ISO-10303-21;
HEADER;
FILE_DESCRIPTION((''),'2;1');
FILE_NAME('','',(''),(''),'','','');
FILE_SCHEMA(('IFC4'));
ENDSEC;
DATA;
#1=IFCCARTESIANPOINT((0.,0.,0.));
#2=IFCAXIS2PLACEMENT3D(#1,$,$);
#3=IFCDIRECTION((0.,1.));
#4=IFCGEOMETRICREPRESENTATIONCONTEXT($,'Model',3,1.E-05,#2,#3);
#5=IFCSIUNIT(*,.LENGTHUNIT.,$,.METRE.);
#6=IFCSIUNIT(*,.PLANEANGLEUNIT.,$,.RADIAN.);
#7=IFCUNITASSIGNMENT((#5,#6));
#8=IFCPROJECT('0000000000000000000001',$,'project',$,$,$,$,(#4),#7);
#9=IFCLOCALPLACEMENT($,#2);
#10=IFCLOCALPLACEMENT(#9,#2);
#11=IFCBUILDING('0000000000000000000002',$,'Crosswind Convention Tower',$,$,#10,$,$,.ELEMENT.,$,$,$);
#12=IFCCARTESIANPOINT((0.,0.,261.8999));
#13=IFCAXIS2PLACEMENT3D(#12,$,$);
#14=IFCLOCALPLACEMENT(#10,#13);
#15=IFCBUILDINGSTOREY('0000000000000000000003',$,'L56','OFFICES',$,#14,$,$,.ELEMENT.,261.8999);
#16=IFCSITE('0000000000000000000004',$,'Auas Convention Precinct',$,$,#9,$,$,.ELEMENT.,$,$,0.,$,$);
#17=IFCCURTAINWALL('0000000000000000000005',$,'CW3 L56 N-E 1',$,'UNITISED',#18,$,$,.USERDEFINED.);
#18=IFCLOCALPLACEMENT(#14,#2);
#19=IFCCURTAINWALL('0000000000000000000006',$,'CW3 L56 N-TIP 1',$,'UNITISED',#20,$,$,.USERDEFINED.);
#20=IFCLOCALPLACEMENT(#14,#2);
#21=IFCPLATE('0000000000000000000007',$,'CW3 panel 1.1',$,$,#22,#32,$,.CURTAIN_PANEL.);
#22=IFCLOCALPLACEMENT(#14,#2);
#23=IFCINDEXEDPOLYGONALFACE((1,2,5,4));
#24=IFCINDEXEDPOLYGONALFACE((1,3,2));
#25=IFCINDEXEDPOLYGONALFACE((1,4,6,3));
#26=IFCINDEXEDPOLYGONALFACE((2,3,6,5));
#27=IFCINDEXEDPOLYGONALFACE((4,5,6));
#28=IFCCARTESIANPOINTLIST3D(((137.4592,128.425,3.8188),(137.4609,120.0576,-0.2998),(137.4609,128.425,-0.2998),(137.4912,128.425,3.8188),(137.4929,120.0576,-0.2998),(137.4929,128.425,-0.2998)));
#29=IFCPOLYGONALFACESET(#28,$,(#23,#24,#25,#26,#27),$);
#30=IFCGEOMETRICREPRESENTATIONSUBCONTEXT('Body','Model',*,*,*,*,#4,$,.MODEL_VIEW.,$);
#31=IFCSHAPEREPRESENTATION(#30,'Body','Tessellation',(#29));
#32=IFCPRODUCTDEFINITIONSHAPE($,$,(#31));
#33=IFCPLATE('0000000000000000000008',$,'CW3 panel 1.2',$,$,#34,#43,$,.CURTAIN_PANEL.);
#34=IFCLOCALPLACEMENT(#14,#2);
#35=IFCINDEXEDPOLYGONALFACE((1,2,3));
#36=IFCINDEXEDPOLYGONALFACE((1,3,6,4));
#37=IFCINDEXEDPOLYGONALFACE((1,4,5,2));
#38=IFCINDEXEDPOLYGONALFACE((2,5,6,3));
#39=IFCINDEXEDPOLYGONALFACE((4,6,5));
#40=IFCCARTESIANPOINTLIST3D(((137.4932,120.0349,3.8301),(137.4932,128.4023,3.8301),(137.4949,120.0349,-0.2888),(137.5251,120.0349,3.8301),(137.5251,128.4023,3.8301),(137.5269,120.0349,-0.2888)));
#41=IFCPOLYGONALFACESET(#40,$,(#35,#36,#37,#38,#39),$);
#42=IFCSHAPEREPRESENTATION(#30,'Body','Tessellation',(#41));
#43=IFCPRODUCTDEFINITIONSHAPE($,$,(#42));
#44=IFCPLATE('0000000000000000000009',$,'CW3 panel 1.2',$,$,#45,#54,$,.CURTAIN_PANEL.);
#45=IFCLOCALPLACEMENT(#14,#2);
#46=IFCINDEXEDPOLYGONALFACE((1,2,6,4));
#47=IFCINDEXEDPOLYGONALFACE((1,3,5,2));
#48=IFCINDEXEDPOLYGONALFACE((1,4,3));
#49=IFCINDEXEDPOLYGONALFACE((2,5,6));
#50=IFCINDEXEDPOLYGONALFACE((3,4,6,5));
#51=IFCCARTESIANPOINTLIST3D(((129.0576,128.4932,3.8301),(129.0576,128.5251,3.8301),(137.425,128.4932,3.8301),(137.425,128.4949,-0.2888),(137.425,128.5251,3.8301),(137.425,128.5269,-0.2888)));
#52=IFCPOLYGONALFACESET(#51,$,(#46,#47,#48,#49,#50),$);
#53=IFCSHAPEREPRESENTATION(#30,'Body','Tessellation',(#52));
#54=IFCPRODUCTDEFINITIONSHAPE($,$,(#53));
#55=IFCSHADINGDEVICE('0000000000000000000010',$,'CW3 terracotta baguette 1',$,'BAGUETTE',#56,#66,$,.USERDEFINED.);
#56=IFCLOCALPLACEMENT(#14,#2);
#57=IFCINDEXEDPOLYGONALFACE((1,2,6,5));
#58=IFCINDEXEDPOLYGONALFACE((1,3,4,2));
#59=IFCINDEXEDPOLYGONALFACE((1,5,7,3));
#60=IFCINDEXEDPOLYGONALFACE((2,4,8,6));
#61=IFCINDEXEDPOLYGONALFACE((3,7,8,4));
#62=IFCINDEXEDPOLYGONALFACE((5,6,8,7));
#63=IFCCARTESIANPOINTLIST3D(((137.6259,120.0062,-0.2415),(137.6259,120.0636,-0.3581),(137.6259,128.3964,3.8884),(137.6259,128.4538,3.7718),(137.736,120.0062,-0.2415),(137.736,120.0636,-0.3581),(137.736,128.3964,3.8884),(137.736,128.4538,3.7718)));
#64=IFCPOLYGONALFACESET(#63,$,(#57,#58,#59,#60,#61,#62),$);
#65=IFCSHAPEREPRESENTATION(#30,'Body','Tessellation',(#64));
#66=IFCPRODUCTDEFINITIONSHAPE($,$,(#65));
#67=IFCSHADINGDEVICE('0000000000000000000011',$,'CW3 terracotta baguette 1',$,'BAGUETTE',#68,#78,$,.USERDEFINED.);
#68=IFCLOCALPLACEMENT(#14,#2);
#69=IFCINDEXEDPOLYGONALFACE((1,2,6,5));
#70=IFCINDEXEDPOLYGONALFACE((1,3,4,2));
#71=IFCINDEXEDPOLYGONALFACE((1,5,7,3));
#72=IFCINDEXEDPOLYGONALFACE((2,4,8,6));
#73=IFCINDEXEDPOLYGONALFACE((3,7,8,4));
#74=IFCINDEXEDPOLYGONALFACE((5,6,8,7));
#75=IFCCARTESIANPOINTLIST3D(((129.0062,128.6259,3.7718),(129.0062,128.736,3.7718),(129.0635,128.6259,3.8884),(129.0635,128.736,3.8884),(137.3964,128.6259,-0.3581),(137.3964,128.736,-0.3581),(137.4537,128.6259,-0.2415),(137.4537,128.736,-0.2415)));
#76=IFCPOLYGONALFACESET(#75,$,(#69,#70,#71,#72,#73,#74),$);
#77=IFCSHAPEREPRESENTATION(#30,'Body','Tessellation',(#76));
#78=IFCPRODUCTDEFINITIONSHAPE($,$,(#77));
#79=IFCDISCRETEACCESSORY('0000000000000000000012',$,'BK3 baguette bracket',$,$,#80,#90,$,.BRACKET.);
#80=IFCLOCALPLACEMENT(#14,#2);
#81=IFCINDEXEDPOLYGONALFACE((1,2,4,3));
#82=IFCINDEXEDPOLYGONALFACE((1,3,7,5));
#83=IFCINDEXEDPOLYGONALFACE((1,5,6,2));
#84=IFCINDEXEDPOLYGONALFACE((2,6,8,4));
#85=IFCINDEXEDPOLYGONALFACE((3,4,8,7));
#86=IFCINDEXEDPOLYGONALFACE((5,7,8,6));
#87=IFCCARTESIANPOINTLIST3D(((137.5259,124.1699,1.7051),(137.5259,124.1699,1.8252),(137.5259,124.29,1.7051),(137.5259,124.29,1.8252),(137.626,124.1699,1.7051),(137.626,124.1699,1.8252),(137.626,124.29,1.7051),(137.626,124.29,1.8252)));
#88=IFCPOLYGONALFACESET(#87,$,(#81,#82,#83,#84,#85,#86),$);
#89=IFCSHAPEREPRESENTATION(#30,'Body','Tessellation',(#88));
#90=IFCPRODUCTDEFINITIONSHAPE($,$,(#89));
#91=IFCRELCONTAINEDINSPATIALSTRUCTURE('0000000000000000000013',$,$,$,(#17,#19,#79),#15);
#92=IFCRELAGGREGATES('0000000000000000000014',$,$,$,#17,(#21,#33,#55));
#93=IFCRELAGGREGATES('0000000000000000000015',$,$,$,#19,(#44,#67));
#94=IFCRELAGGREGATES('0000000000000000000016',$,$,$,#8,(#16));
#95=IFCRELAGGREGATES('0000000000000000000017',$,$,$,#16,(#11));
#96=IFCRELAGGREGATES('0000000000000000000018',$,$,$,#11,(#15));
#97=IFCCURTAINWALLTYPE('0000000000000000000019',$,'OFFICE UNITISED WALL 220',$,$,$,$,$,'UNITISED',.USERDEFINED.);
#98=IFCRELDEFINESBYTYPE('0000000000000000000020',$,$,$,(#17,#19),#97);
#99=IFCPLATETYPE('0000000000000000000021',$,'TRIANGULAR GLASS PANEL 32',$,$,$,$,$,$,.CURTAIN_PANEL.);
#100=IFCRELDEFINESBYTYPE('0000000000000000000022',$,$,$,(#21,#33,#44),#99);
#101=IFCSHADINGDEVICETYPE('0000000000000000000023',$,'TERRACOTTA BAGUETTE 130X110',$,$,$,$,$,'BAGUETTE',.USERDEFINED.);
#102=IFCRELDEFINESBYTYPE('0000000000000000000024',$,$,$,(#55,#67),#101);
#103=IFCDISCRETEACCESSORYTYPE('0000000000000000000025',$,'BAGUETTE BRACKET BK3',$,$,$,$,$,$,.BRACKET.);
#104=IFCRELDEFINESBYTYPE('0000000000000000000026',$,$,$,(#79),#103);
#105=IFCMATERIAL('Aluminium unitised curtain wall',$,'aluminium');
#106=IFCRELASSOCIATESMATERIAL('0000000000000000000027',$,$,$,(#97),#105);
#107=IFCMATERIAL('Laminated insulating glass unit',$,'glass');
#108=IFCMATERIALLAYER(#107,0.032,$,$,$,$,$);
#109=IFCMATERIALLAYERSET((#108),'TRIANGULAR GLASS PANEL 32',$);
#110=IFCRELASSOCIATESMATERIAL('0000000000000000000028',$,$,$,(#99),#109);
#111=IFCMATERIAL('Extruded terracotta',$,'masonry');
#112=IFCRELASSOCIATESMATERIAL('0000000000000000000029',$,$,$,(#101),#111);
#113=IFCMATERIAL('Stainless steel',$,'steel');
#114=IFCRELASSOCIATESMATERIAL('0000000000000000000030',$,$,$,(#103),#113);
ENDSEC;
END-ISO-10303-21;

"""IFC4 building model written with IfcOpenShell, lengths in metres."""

from ifc_helpers import new_model, si_unit, direction, frame, origin, origin_2d, place, context, subcontext, project, spatial, polyline, rectangle, outline, extrude, material, layer, layer_set, material_profile, profile_set, type_object, element, aggregate, save


model = new_model("IFC4")

# Units and contexts
model_context = context("Model", 3, precision=1e-05, world=origin(), true_north=direction((0.0, 1.0)))
body_context = subcontext(model_context, "Body", "Model", "MODEL_VIEW")
ifc_project = project(units=[si_unit("LENGTHUNIT", "METRE"), si_unit("PLANEANGLEUNIT", "RADIAN")], contexts=[model_context])

# Site, building, storey
site_placement = place(None, origin())
site = spatial("IfcSite", under=ifc_project, at=site_placement, Name="Auas Convention Precinct", CompositionType="ELEMENT", RefElevation=0.0)
building_placement = place(site_placement, origin())
building = spatial("IfcBuilding", under=site, at=building_placement, Name="Crosswind Convention Tower", CompositionType="ELEMENT")
storey_placement = place(building_placement, frame((0.0, 0.0, 261.8999)))
storey = spatial("IfcBuildingStorey", under=building, at=storey_placement, Name="L56", Description="OFFICES", CompositionType="ELEMENT", Elevation=261.8999)

# Curtain wall
ifc_material_1 = material(Name="Aluminium unitised curtain wall", Category="aluminium")
curtain_wall_type_1 = type_object("IfcCurtainWallType", Name="OFFICE UNITISED WALL 220", ElementType="UNITISED", PredefinedType="USERDEFINED", material=ifc_material_1)
curtain_wall_1_placement = place(storey_placement, origin())
curtain_wall_1 = element("IfcCurtainWall", 1, at=curtain_wall_1_placement, inside=storey, type_object=curtain_wall_type_1, Name="CW3 L56 N-E 1", ObjectType="UNITISED", PredefinedType="USERDEFINED")

# Curtain wall
curtain_wall_2_placement = place(storey_placement, origin())
curtain_wall_2 = element("IfcCurtainWall", 2, at=curtain_wall_2_placement, inside=storey, type_object=curtain_wall_type_1, Name="CW3 L56 N-TIP 1", ObjectType="UNITISED", PredefinedType="USERDEFINED")

# Plates
ifc_material_2 = material(Name="Laminated insulating glass unit", Category="glass")
ifc_layer_1 = layer(ifc_material_2, 0.032)
ifc_layer_set_1 = layer_set([ifc_layer_1], Name="TRIANGULAR GLASS PANEL 32")
plate_type_1 = type_object("IfcPlateType", Name="TRIANGULAR GLASS PANEL 32", PredefinedType="CURTAIN_PANEL", material=ifc_layer_set_1)
plate_1_placement = place(storey_placement, frame((137.4929, 128.425, -0.2998), z_axis=(1.0, 0.0, 0.000415), x_axis=(-0.000415, 0.0, 1.0)))
plate_1 = element("IfcPlate", 3, at=plate_1_placement, type_object=plate_type_1, Name="CW3 panel 1.1", PredefinedType="CURTAIN_PANEL", context=body_context, shape_type="SweptSolid", body=[
    extrude(outline(polyline([(0.0, 0.0), (4.1187, 0.0), (0.0, 8.3674), (0.0, 0.0)])), origin(), (0.0, 0.0, -1.0), 0.032),
])
plate_2_placement = place(storey_placement, frame((137.5251, 120.0349, 3.8301), z_axis=(1.0, 0.0, 0.000415), x_axis=(0.000415, 0.0, -1.0)))
plate_2 = element("IfcPlate", 4, at=plate_2_placement, type_object=plate_type_1, Name="CW3 panel 1.2", PredefinedType="CURTAIN_PANEL", context=body_context, shape_type="SweptSolid", body=[
    extrude(outline(polyline([(0.0, 0.0), (4.1189, 0.0), (0.0, 8.3674), (0.0, 0.0)])), origin(), (0.0, 0.0, -1.0), 0.032),
])
plate_3_placement = place(storey_placement, frame((137.425, 128.5251, 3.8301), z_axis=(0.0, 1.0, 0.000415), x_axis=(0.0, 0.000415, -1.0)))
plate_3 = element("IfcPlate", 5, at=plate_3_placement, type_object=plate_type_1, Name="CW3 panel 1.2", PredefinedType="CURTAIN_PANEL", context=body_context, shape_type="SweptSolid", body=[
    extrude(outline(polyline([(0.0, 0.0), (4.1189, 0.0), (0.0, 8.3674), (0.0, 0.0)])), origin(), (0.0, 0.0, -1.0), 0.032),
])

# Shading devices
ifc_material_3 = material(Name="Extruded terracotta", Category="masonry")
ifc_material_profile_1 = material_profile(ifc_material_3, rectangle(XDim=0.1101, YDim=0.1299, at=origin_2d()), Name="TC 110X130")
ifc_profile_set_1 = profile_set([ifc_material_profile_1], Name="Extruded terracotta")
shading_device_type = type_object("IfcShadingDeviceType", Name="TERRACOTTA BAGUETTE 130X110", ElementType="BAGUETTE", PredefinedType="USERDEFINED", material=ifc_profile_set_1)
shading_device_1_placement = place(storey_placement, frame((137.6809, 120.0349, -0.2998), z_axis=(0.0, 0.897198, 0.441628), x_axis=(-1.0, 0.0, 0.0)))
shading_device_1 = element("IfcShadingDevice", 6, at=shading_device_1_placement, type_object=shading_device_type, Name="CW3 terracotta baguette 1", ObjectType="BAGUETTE", PredefinedType="USERDEFINED", context=body_context, shape_type="SweptSolid", body=[
    extrude(rectangle(XDim=0.1101, YDim=0.1299, at=origin_2d()), origin(), (0.0, 0.0, 1.0), 9.3516),
])
aggregate(curtain_wall_1, [plate_1, plate_2, shading_device_1])
shading_device_2_placement = place(storey_placement, frame((137.425, 128.6809, -0.2998), z_axis=(-0.897198, 0.0, 0.441628), x_axis=(0.0, -1.0, 0.0)))
shading_device_2 = element("IfcShadingDevice", 7, at=shading_device_2_placement, type_object=shading_device_type, Name="CW3 terracotta baguette 1", ObjectType="BAGUETTE", PredefinedType="USERDEFINED", context=body_context, shape_type="SweptSolid", body=[
    extrude(rectangle(XDim=0.1101, YDim=0.1299, at=origin_2d()), origin(), (0.0, 0.0, 1.0), 9.3516),
])
aggregate(curtain_wall_2, [plate_3, shading_device_2])

# Discrete accessory
ifc_material_4 = material(Name="Stainless steel", Category="steel")
discrete_accessory_type = type_object("IfcDiscreteAccessoryType", Name="BAGUETTE BRACKET BK3", PredefinedType="BRACKET", material=ifc_material_4)
discrete_accessory_placement = place(storey_placement, frame((137.5759, 124.23, 1.7051), z_axis=(0.0, 0.0, 1.0), x_axis=(0.0, 1.0, 0.0)))
element("IfcDiscreteAccessory", 8, at=discrete_accessory_placement, inside=storey, type_object=discrete_accessory_type, Name="BK3 baguette bracket", PredefinedType="BRACKET", context=body_context, shape_type="SweptSolid", body=[
    extrude(rectangle(XDim=0.1201, YDim=0.1001, at=origin_2d()), origin(), (0.0, 0.0, 1.0), 0.1201),
])

save(model, "model.ifc")
